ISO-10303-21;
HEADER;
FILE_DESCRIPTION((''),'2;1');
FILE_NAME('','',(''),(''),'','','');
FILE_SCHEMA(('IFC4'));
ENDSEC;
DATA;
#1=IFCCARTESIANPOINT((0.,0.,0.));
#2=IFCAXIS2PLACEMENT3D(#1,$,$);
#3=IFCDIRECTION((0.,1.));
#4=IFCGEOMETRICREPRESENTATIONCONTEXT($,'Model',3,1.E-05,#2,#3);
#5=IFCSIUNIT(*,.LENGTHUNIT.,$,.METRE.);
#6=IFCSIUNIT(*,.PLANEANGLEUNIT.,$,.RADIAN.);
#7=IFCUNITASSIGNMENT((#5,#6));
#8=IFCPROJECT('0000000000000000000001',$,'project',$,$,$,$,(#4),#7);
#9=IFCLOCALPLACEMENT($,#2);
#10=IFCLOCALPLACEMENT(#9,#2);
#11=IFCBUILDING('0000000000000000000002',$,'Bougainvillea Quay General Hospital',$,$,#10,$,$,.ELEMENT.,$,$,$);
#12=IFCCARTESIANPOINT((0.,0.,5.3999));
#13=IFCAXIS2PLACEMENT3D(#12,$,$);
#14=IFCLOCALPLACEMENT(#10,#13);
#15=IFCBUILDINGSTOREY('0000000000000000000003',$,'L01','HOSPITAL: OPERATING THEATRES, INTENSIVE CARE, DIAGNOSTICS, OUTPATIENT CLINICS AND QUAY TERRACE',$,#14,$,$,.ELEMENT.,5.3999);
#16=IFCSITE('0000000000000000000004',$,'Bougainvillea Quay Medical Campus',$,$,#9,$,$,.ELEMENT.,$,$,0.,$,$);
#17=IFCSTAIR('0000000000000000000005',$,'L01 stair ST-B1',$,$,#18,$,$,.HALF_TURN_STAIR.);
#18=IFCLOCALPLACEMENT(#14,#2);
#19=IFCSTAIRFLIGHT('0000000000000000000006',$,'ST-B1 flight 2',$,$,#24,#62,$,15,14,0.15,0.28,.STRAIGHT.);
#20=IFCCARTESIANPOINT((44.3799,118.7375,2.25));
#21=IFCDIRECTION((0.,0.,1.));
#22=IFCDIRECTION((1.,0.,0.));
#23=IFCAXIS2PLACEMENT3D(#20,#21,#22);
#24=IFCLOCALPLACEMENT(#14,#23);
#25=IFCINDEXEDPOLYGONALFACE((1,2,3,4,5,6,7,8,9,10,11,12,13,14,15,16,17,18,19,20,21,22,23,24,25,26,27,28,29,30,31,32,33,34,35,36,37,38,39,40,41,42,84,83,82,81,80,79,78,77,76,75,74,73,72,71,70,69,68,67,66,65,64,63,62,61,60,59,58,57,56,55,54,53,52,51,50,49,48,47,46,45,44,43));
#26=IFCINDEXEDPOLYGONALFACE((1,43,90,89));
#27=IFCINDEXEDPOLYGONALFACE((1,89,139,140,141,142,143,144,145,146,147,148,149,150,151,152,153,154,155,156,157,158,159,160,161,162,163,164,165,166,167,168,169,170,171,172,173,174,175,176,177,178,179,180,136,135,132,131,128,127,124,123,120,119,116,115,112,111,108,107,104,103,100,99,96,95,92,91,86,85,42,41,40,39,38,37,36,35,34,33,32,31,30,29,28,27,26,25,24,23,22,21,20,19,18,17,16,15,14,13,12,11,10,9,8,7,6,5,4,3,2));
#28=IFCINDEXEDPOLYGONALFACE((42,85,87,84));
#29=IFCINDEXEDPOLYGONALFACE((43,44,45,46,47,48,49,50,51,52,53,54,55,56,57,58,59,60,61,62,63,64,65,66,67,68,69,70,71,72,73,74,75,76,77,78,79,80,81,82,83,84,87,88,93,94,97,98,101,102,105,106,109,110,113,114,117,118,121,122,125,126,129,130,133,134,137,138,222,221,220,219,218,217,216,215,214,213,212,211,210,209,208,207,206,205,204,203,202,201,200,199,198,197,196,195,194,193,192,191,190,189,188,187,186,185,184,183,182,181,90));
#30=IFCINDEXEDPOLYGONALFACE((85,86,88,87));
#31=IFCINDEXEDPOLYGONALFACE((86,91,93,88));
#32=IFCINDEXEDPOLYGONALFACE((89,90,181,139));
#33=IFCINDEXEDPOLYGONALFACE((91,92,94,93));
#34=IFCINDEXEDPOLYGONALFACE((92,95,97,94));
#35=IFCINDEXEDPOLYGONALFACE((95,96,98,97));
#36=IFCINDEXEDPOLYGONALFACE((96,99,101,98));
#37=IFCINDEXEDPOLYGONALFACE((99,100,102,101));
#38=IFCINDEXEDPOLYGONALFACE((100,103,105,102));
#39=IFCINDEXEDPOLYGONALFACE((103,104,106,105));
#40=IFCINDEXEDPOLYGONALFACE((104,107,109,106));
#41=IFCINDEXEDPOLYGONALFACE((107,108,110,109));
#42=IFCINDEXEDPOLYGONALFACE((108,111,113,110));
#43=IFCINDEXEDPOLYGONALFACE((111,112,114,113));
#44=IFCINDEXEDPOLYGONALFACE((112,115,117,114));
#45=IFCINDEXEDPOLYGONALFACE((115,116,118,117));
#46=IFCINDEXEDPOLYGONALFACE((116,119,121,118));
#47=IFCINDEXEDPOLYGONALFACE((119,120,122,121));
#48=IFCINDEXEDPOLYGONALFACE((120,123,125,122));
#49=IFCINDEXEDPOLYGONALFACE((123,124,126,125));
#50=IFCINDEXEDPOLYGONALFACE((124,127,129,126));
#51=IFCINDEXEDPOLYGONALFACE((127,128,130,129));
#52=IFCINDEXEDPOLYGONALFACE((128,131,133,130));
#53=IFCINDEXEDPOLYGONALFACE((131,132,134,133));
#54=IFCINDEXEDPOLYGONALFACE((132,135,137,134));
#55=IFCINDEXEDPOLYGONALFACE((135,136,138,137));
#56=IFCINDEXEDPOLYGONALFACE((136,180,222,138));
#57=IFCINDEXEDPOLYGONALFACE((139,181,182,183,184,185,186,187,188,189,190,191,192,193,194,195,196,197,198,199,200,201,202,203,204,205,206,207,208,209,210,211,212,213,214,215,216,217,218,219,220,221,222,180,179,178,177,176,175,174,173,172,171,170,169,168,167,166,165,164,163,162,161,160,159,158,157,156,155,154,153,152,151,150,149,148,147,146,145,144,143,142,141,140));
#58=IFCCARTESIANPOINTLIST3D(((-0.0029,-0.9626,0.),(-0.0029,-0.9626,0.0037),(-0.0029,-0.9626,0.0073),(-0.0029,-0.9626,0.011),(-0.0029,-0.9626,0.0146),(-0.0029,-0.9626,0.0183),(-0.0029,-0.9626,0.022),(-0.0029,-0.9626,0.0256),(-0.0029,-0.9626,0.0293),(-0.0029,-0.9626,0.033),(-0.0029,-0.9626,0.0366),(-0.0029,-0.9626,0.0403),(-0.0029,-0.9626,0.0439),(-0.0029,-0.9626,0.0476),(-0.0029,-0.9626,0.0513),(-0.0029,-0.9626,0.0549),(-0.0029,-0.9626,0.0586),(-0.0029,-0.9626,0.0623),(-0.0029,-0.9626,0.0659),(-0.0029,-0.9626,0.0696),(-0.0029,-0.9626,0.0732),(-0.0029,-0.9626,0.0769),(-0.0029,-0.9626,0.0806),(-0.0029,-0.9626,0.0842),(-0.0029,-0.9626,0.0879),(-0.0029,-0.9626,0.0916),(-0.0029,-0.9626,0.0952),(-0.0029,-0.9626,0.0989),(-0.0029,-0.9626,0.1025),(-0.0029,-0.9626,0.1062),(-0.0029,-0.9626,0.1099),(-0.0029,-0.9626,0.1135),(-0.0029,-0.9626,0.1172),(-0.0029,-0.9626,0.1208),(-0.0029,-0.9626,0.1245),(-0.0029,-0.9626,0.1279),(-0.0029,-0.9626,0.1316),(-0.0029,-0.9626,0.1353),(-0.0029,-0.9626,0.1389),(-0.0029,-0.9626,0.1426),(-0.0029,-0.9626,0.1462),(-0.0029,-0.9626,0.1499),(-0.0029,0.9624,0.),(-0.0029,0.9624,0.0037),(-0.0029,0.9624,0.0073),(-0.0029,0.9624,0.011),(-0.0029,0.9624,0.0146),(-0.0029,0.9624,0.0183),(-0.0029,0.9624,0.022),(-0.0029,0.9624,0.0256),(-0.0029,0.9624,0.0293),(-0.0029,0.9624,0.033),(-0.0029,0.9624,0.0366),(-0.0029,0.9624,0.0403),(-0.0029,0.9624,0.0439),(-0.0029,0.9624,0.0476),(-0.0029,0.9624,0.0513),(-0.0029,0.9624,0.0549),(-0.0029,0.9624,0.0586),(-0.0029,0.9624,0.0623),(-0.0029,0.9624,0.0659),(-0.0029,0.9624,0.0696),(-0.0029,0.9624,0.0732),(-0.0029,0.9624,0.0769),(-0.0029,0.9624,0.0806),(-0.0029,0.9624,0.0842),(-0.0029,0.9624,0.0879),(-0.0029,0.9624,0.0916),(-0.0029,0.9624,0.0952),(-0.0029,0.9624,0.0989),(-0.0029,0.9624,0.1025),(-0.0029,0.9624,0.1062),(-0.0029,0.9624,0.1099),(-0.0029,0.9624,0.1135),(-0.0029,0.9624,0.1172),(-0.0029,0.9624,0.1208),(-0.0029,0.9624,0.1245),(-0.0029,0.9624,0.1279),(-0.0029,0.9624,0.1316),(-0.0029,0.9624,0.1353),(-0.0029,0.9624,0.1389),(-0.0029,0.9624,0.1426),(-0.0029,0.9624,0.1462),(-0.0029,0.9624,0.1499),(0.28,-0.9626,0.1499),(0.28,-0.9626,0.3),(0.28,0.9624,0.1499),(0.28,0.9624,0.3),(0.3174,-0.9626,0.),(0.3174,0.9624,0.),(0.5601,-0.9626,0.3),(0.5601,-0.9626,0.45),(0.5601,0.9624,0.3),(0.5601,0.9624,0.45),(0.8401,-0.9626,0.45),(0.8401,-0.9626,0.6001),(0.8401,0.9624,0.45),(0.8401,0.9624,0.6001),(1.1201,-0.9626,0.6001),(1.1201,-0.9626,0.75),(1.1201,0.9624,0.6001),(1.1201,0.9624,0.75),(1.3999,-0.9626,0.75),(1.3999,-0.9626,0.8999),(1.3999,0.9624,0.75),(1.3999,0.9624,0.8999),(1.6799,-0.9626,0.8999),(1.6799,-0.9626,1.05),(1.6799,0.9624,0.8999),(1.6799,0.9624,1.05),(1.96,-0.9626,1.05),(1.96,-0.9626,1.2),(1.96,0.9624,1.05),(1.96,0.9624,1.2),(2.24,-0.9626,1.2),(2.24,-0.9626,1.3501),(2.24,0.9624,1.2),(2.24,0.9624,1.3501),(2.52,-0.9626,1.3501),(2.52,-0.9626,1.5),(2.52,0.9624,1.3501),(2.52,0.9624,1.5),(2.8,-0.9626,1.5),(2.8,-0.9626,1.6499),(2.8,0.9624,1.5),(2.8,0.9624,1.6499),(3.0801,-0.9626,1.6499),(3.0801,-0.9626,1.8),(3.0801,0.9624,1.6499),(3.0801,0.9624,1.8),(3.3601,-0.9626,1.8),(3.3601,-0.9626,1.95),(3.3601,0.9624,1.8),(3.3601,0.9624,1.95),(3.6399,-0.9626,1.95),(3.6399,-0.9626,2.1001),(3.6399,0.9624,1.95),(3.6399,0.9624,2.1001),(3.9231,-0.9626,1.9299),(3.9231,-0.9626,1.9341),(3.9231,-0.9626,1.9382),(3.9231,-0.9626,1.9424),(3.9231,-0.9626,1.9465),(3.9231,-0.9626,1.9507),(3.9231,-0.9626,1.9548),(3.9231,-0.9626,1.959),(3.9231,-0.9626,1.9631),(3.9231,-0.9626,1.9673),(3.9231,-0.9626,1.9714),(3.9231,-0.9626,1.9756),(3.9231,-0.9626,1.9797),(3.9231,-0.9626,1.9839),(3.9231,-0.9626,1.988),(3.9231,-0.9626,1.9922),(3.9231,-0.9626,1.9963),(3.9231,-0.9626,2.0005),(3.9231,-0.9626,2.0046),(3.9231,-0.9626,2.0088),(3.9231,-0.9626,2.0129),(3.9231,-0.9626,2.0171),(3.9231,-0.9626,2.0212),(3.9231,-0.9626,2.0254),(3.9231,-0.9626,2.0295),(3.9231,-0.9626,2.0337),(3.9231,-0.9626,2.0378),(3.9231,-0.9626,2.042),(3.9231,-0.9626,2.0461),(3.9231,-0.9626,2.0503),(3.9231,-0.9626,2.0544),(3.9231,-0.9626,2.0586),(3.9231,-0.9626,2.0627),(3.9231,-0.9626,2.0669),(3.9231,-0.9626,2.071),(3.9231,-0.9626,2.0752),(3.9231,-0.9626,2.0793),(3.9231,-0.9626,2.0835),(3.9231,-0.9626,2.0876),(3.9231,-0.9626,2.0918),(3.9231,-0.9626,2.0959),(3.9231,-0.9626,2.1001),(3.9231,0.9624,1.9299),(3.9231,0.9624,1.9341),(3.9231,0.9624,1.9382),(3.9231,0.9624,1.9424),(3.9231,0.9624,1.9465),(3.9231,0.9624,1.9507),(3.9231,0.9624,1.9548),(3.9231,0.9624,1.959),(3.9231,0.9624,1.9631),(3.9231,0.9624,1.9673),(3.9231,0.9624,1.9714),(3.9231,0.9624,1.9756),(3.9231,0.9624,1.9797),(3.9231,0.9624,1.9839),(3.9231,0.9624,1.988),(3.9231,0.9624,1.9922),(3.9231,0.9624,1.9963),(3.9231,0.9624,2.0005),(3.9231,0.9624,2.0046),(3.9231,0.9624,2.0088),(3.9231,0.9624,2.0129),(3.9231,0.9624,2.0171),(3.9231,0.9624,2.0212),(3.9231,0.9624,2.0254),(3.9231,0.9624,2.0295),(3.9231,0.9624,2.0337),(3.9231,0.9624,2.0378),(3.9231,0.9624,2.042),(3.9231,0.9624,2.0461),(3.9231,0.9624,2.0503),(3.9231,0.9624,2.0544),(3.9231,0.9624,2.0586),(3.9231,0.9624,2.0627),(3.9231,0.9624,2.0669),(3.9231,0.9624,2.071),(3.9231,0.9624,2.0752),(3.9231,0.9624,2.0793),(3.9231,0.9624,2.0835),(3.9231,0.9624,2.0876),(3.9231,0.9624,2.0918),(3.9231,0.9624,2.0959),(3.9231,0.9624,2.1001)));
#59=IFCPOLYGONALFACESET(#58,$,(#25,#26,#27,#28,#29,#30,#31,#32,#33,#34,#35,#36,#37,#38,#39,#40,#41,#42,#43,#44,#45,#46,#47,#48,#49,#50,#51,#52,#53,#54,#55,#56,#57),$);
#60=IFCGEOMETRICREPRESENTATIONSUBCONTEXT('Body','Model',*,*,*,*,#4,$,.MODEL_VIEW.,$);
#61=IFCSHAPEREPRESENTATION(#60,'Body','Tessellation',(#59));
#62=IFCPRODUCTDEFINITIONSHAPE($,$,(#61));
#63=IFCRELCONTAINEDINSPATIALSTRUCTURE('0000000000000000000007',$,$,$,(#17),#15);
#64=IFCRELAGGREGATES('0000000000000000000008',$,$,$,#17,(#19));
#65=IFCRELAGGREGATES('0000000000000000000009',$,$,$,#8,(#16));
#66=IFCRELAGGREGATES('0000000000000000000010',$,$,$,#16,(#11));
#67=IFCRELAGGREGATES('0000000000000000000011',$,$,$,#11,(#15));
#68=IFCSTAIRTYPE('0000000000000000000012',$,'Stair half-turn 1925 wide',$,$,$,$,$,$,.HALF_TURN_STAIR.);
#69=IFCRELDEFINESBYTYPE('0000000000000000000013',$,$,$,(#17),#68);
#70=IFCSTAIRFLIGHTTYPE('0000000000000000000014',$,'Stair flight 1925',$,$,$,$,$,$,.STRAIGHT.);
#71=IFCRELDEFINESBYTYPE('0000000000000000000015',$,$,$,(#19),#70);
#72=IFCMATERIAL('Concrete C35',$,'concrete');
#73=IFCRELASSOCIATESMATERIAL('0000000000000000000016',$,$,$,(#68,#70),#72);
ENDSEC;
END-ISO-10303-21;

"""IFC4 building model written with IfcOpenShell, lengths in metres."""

from ifc_helpers import new_model, si_unit, direction, frame, origin, place, context, subcontext, project, spatial, polyline, outline, extrude, material, type_object, element, aggregate, save


model = new_model("IFC4")

# Units and contexts
model_context = context("Model", 3, precision=1e-05, world=origin(), true_north=direction((0.0, 1.0)))
body_context = subcontext(model_context, "Body", "Model", "MODEL_VIEW")
ifc_project = project(units=[si_unit("LENGTHUNIT", "METRE"), si_unit("PLANEANGLEUNIT", "RADIAN")], contexts=[model_context])

# Site, building, storey
site_placement = place(None, origin())
site = spatial("IfcSite", under=ifc_project, at=site_placement, Name="Bougainvillea Quay Medical Campus", CompositionType="ELEMENT", RefElevation=0.0)
building_placement = place(site_placement, origin())
building = spatial("IfcBuilding", under=site, at=building_placement, Name="Bougainvillea Quay General Hospital", CompositionType="ELEMENT")
storey_placement = place(building_placement, frame((0.0, 0.0, 5.3999)))
storey = spatial("IfcBuildingStorey", under=building, at=storey_placement, Name="L01", Description="HOSPITAL: OPERATING THEATRES, INTENSIVE CARE, DIAGNOSTICS, OUTPATIENT CLINICS AND QUAY TERRACE", CompositionType="ELEMENT", Elevation=5.3999)

# Stair, stair flight
ifc_material_1 = material(Name="Concrete C35", Category="concrete")
stair_type = type_object("IfcStairType", Name="Stair half-turn 1925 wide", PredefinedType="HALF_TURN_STAIR", material=ifc_material_1)
stair_placement = place(storey_placement, origin())
stair = element("IfcStair", 1, at=stair_placement, inside=storey, type_object=stair_type, Name="L01 stair ST-B1", PredefinedType="HALF_TURN_STAIR")
stair_flight_type = type_object("IfcStairFlightType", Name="Stair flight 1925", PredefinedType="STRAIGHT", material=ifc_material_1)
stair_flight_1_placement = place(storey_placement, frame((44.3799, 118.7375, 2.25), z_axis=(0.0, 0.0, 1.0), x_axis=(1.0, 0.0, 0.0)))
stair_flight_1 = element("IfcStairFlight", 2, at=stair_flight_1_placement, type_object=stair_flight_type, Name="ST-B1 flight 2", NumberOfRisers=15, NumberOfTreads=14, PredefinedType="STRAIGHT", RiserHeight=0.15, TreadLength=0.28, context=body_context, shape_type="SweptSolid", body=[
    extrude(outline(polyline([(-0.0029, 0.0), (-0.0029, 0.0037), (-0.0029, 0.0073), (-0.0029, 0.011), (-0.0029, 0.0146), (-0.0029, 0.0183), (-0.0029, 0.022), (-0.0029, 0.0256), (-0.0029, 0.0293), (-0.0029, 0.033), (-0.0029, 0.0366), (-0.0029, 0.0403), (-0.0029, 0.0439), (-0.0029, 0.0476), (-0.0029, 0.0513), (-0.0029, 0.0549), (-0.0029, 0.0586), (-0.0029, 0.0623), (-0.0029, 0.0659), (-0.0029, 0.0696), (-0.0029, 0.0732), (-0.0029, 0.0769), (-0.0029, 0.0806), (-0.0029, 0.0842), (-0.0029, 0.0879), (-0.0029, 0.0916), (-0.0029, 0.0952), (-0.0029, 0.0989), (-0.0029, 0.1025), (-0.0029, 0.1062), (-0.0029, 0.1099), (-0.0029, 0.1135), (-0.0029, 0.1172), (-0.0029, 0.1208), (-0.0029, 0.1245), (-0.0029, 0.1279), (-0.0029, 0.1316), (-0.0029, 0.1353), (-0.0029, 0.1389), (-0.0029, 0.1426), (-0.0029, 0.1462), (-0.0029, 0.1499), (0.28, 0.1499), (0.28, 0.3), (0.5601, 0.3), (0.5601, 0.45), (0.8401, 0.45), (0.8401, 0.6001), (1.1201, 0.6001), (1.1201, 0.75), (1.3999, 0.75), (1.3999, 0.8999), (1.6799, 0.8999), (1.6799, 1.05), (1.96, 1.05), (1.96, 1.2), (2.24, 1.2), (2.24, 1.3501), (2.52, 1.3501), (2.52, 1.5), (2.8, 1.5), (2.8, 1.6499), (3.0801, 1.6499), (3.0801, 1.8), (3.3601, 1.8), (3.3601, 1.95), (3.6399, 1.95), (3.6399, 2.1001), (3.9231, 2.1001), (3.9231, 2.0959), (3.9231, 2.0918), (3.9231, 2.0876), (3.9231, 2.0835), (3.9231, 2.0793), (3.9231, 2.0752), (3.9231, 2.071), (3.9231, 2.0669), (3.9231, 2.0627), (3.9231, 2.0586), (3.9231, 2.0544), (3.9231, 2.0503), (3.9231, 2.0461), (3.9231, 2.042), (3.9231, 2.0378), (3.9231, 2.0337), (3.9231, 2.0295), (3.9231, 2.0254), (3.9231, 2.0212), (3.9231, 2.0171), (3.9231, 2.0129), (3.9231, 2.0088), (3.9231, 2.0046), (3.9231, 2.0005), (3.9231, 1.9963), (3.9231, 1.9922), (3.9231, 1.988), (3.9231, 1.9839), (3.9231, 1.9797), (3.9231, 1.9756), (3.9231, 1.9714), (3.9231, 1.9673), (3.9231, 1.9631), (3.9231, 1.959), (3.9231, 1.9548), (3.9231, 1.9507), (3.9231, 1.9465), (3.9231, 1.9424), (3.9231, 1.9382), (3.9231, 1.9341), (3.9231, 1.9299), (0.3174, 0.0), (-0.0029, 0.0)])), frame((0.0, 0.9624, 0.0), z_axis=(0.0, -1.0, 0.0), x_axis=(1.0, 0.0, 0.0)), (0.0, 0.0, 1.0), 1.925),
])
aggregate(stair, [stair_flight_1])

save(model, "model.ifc")
